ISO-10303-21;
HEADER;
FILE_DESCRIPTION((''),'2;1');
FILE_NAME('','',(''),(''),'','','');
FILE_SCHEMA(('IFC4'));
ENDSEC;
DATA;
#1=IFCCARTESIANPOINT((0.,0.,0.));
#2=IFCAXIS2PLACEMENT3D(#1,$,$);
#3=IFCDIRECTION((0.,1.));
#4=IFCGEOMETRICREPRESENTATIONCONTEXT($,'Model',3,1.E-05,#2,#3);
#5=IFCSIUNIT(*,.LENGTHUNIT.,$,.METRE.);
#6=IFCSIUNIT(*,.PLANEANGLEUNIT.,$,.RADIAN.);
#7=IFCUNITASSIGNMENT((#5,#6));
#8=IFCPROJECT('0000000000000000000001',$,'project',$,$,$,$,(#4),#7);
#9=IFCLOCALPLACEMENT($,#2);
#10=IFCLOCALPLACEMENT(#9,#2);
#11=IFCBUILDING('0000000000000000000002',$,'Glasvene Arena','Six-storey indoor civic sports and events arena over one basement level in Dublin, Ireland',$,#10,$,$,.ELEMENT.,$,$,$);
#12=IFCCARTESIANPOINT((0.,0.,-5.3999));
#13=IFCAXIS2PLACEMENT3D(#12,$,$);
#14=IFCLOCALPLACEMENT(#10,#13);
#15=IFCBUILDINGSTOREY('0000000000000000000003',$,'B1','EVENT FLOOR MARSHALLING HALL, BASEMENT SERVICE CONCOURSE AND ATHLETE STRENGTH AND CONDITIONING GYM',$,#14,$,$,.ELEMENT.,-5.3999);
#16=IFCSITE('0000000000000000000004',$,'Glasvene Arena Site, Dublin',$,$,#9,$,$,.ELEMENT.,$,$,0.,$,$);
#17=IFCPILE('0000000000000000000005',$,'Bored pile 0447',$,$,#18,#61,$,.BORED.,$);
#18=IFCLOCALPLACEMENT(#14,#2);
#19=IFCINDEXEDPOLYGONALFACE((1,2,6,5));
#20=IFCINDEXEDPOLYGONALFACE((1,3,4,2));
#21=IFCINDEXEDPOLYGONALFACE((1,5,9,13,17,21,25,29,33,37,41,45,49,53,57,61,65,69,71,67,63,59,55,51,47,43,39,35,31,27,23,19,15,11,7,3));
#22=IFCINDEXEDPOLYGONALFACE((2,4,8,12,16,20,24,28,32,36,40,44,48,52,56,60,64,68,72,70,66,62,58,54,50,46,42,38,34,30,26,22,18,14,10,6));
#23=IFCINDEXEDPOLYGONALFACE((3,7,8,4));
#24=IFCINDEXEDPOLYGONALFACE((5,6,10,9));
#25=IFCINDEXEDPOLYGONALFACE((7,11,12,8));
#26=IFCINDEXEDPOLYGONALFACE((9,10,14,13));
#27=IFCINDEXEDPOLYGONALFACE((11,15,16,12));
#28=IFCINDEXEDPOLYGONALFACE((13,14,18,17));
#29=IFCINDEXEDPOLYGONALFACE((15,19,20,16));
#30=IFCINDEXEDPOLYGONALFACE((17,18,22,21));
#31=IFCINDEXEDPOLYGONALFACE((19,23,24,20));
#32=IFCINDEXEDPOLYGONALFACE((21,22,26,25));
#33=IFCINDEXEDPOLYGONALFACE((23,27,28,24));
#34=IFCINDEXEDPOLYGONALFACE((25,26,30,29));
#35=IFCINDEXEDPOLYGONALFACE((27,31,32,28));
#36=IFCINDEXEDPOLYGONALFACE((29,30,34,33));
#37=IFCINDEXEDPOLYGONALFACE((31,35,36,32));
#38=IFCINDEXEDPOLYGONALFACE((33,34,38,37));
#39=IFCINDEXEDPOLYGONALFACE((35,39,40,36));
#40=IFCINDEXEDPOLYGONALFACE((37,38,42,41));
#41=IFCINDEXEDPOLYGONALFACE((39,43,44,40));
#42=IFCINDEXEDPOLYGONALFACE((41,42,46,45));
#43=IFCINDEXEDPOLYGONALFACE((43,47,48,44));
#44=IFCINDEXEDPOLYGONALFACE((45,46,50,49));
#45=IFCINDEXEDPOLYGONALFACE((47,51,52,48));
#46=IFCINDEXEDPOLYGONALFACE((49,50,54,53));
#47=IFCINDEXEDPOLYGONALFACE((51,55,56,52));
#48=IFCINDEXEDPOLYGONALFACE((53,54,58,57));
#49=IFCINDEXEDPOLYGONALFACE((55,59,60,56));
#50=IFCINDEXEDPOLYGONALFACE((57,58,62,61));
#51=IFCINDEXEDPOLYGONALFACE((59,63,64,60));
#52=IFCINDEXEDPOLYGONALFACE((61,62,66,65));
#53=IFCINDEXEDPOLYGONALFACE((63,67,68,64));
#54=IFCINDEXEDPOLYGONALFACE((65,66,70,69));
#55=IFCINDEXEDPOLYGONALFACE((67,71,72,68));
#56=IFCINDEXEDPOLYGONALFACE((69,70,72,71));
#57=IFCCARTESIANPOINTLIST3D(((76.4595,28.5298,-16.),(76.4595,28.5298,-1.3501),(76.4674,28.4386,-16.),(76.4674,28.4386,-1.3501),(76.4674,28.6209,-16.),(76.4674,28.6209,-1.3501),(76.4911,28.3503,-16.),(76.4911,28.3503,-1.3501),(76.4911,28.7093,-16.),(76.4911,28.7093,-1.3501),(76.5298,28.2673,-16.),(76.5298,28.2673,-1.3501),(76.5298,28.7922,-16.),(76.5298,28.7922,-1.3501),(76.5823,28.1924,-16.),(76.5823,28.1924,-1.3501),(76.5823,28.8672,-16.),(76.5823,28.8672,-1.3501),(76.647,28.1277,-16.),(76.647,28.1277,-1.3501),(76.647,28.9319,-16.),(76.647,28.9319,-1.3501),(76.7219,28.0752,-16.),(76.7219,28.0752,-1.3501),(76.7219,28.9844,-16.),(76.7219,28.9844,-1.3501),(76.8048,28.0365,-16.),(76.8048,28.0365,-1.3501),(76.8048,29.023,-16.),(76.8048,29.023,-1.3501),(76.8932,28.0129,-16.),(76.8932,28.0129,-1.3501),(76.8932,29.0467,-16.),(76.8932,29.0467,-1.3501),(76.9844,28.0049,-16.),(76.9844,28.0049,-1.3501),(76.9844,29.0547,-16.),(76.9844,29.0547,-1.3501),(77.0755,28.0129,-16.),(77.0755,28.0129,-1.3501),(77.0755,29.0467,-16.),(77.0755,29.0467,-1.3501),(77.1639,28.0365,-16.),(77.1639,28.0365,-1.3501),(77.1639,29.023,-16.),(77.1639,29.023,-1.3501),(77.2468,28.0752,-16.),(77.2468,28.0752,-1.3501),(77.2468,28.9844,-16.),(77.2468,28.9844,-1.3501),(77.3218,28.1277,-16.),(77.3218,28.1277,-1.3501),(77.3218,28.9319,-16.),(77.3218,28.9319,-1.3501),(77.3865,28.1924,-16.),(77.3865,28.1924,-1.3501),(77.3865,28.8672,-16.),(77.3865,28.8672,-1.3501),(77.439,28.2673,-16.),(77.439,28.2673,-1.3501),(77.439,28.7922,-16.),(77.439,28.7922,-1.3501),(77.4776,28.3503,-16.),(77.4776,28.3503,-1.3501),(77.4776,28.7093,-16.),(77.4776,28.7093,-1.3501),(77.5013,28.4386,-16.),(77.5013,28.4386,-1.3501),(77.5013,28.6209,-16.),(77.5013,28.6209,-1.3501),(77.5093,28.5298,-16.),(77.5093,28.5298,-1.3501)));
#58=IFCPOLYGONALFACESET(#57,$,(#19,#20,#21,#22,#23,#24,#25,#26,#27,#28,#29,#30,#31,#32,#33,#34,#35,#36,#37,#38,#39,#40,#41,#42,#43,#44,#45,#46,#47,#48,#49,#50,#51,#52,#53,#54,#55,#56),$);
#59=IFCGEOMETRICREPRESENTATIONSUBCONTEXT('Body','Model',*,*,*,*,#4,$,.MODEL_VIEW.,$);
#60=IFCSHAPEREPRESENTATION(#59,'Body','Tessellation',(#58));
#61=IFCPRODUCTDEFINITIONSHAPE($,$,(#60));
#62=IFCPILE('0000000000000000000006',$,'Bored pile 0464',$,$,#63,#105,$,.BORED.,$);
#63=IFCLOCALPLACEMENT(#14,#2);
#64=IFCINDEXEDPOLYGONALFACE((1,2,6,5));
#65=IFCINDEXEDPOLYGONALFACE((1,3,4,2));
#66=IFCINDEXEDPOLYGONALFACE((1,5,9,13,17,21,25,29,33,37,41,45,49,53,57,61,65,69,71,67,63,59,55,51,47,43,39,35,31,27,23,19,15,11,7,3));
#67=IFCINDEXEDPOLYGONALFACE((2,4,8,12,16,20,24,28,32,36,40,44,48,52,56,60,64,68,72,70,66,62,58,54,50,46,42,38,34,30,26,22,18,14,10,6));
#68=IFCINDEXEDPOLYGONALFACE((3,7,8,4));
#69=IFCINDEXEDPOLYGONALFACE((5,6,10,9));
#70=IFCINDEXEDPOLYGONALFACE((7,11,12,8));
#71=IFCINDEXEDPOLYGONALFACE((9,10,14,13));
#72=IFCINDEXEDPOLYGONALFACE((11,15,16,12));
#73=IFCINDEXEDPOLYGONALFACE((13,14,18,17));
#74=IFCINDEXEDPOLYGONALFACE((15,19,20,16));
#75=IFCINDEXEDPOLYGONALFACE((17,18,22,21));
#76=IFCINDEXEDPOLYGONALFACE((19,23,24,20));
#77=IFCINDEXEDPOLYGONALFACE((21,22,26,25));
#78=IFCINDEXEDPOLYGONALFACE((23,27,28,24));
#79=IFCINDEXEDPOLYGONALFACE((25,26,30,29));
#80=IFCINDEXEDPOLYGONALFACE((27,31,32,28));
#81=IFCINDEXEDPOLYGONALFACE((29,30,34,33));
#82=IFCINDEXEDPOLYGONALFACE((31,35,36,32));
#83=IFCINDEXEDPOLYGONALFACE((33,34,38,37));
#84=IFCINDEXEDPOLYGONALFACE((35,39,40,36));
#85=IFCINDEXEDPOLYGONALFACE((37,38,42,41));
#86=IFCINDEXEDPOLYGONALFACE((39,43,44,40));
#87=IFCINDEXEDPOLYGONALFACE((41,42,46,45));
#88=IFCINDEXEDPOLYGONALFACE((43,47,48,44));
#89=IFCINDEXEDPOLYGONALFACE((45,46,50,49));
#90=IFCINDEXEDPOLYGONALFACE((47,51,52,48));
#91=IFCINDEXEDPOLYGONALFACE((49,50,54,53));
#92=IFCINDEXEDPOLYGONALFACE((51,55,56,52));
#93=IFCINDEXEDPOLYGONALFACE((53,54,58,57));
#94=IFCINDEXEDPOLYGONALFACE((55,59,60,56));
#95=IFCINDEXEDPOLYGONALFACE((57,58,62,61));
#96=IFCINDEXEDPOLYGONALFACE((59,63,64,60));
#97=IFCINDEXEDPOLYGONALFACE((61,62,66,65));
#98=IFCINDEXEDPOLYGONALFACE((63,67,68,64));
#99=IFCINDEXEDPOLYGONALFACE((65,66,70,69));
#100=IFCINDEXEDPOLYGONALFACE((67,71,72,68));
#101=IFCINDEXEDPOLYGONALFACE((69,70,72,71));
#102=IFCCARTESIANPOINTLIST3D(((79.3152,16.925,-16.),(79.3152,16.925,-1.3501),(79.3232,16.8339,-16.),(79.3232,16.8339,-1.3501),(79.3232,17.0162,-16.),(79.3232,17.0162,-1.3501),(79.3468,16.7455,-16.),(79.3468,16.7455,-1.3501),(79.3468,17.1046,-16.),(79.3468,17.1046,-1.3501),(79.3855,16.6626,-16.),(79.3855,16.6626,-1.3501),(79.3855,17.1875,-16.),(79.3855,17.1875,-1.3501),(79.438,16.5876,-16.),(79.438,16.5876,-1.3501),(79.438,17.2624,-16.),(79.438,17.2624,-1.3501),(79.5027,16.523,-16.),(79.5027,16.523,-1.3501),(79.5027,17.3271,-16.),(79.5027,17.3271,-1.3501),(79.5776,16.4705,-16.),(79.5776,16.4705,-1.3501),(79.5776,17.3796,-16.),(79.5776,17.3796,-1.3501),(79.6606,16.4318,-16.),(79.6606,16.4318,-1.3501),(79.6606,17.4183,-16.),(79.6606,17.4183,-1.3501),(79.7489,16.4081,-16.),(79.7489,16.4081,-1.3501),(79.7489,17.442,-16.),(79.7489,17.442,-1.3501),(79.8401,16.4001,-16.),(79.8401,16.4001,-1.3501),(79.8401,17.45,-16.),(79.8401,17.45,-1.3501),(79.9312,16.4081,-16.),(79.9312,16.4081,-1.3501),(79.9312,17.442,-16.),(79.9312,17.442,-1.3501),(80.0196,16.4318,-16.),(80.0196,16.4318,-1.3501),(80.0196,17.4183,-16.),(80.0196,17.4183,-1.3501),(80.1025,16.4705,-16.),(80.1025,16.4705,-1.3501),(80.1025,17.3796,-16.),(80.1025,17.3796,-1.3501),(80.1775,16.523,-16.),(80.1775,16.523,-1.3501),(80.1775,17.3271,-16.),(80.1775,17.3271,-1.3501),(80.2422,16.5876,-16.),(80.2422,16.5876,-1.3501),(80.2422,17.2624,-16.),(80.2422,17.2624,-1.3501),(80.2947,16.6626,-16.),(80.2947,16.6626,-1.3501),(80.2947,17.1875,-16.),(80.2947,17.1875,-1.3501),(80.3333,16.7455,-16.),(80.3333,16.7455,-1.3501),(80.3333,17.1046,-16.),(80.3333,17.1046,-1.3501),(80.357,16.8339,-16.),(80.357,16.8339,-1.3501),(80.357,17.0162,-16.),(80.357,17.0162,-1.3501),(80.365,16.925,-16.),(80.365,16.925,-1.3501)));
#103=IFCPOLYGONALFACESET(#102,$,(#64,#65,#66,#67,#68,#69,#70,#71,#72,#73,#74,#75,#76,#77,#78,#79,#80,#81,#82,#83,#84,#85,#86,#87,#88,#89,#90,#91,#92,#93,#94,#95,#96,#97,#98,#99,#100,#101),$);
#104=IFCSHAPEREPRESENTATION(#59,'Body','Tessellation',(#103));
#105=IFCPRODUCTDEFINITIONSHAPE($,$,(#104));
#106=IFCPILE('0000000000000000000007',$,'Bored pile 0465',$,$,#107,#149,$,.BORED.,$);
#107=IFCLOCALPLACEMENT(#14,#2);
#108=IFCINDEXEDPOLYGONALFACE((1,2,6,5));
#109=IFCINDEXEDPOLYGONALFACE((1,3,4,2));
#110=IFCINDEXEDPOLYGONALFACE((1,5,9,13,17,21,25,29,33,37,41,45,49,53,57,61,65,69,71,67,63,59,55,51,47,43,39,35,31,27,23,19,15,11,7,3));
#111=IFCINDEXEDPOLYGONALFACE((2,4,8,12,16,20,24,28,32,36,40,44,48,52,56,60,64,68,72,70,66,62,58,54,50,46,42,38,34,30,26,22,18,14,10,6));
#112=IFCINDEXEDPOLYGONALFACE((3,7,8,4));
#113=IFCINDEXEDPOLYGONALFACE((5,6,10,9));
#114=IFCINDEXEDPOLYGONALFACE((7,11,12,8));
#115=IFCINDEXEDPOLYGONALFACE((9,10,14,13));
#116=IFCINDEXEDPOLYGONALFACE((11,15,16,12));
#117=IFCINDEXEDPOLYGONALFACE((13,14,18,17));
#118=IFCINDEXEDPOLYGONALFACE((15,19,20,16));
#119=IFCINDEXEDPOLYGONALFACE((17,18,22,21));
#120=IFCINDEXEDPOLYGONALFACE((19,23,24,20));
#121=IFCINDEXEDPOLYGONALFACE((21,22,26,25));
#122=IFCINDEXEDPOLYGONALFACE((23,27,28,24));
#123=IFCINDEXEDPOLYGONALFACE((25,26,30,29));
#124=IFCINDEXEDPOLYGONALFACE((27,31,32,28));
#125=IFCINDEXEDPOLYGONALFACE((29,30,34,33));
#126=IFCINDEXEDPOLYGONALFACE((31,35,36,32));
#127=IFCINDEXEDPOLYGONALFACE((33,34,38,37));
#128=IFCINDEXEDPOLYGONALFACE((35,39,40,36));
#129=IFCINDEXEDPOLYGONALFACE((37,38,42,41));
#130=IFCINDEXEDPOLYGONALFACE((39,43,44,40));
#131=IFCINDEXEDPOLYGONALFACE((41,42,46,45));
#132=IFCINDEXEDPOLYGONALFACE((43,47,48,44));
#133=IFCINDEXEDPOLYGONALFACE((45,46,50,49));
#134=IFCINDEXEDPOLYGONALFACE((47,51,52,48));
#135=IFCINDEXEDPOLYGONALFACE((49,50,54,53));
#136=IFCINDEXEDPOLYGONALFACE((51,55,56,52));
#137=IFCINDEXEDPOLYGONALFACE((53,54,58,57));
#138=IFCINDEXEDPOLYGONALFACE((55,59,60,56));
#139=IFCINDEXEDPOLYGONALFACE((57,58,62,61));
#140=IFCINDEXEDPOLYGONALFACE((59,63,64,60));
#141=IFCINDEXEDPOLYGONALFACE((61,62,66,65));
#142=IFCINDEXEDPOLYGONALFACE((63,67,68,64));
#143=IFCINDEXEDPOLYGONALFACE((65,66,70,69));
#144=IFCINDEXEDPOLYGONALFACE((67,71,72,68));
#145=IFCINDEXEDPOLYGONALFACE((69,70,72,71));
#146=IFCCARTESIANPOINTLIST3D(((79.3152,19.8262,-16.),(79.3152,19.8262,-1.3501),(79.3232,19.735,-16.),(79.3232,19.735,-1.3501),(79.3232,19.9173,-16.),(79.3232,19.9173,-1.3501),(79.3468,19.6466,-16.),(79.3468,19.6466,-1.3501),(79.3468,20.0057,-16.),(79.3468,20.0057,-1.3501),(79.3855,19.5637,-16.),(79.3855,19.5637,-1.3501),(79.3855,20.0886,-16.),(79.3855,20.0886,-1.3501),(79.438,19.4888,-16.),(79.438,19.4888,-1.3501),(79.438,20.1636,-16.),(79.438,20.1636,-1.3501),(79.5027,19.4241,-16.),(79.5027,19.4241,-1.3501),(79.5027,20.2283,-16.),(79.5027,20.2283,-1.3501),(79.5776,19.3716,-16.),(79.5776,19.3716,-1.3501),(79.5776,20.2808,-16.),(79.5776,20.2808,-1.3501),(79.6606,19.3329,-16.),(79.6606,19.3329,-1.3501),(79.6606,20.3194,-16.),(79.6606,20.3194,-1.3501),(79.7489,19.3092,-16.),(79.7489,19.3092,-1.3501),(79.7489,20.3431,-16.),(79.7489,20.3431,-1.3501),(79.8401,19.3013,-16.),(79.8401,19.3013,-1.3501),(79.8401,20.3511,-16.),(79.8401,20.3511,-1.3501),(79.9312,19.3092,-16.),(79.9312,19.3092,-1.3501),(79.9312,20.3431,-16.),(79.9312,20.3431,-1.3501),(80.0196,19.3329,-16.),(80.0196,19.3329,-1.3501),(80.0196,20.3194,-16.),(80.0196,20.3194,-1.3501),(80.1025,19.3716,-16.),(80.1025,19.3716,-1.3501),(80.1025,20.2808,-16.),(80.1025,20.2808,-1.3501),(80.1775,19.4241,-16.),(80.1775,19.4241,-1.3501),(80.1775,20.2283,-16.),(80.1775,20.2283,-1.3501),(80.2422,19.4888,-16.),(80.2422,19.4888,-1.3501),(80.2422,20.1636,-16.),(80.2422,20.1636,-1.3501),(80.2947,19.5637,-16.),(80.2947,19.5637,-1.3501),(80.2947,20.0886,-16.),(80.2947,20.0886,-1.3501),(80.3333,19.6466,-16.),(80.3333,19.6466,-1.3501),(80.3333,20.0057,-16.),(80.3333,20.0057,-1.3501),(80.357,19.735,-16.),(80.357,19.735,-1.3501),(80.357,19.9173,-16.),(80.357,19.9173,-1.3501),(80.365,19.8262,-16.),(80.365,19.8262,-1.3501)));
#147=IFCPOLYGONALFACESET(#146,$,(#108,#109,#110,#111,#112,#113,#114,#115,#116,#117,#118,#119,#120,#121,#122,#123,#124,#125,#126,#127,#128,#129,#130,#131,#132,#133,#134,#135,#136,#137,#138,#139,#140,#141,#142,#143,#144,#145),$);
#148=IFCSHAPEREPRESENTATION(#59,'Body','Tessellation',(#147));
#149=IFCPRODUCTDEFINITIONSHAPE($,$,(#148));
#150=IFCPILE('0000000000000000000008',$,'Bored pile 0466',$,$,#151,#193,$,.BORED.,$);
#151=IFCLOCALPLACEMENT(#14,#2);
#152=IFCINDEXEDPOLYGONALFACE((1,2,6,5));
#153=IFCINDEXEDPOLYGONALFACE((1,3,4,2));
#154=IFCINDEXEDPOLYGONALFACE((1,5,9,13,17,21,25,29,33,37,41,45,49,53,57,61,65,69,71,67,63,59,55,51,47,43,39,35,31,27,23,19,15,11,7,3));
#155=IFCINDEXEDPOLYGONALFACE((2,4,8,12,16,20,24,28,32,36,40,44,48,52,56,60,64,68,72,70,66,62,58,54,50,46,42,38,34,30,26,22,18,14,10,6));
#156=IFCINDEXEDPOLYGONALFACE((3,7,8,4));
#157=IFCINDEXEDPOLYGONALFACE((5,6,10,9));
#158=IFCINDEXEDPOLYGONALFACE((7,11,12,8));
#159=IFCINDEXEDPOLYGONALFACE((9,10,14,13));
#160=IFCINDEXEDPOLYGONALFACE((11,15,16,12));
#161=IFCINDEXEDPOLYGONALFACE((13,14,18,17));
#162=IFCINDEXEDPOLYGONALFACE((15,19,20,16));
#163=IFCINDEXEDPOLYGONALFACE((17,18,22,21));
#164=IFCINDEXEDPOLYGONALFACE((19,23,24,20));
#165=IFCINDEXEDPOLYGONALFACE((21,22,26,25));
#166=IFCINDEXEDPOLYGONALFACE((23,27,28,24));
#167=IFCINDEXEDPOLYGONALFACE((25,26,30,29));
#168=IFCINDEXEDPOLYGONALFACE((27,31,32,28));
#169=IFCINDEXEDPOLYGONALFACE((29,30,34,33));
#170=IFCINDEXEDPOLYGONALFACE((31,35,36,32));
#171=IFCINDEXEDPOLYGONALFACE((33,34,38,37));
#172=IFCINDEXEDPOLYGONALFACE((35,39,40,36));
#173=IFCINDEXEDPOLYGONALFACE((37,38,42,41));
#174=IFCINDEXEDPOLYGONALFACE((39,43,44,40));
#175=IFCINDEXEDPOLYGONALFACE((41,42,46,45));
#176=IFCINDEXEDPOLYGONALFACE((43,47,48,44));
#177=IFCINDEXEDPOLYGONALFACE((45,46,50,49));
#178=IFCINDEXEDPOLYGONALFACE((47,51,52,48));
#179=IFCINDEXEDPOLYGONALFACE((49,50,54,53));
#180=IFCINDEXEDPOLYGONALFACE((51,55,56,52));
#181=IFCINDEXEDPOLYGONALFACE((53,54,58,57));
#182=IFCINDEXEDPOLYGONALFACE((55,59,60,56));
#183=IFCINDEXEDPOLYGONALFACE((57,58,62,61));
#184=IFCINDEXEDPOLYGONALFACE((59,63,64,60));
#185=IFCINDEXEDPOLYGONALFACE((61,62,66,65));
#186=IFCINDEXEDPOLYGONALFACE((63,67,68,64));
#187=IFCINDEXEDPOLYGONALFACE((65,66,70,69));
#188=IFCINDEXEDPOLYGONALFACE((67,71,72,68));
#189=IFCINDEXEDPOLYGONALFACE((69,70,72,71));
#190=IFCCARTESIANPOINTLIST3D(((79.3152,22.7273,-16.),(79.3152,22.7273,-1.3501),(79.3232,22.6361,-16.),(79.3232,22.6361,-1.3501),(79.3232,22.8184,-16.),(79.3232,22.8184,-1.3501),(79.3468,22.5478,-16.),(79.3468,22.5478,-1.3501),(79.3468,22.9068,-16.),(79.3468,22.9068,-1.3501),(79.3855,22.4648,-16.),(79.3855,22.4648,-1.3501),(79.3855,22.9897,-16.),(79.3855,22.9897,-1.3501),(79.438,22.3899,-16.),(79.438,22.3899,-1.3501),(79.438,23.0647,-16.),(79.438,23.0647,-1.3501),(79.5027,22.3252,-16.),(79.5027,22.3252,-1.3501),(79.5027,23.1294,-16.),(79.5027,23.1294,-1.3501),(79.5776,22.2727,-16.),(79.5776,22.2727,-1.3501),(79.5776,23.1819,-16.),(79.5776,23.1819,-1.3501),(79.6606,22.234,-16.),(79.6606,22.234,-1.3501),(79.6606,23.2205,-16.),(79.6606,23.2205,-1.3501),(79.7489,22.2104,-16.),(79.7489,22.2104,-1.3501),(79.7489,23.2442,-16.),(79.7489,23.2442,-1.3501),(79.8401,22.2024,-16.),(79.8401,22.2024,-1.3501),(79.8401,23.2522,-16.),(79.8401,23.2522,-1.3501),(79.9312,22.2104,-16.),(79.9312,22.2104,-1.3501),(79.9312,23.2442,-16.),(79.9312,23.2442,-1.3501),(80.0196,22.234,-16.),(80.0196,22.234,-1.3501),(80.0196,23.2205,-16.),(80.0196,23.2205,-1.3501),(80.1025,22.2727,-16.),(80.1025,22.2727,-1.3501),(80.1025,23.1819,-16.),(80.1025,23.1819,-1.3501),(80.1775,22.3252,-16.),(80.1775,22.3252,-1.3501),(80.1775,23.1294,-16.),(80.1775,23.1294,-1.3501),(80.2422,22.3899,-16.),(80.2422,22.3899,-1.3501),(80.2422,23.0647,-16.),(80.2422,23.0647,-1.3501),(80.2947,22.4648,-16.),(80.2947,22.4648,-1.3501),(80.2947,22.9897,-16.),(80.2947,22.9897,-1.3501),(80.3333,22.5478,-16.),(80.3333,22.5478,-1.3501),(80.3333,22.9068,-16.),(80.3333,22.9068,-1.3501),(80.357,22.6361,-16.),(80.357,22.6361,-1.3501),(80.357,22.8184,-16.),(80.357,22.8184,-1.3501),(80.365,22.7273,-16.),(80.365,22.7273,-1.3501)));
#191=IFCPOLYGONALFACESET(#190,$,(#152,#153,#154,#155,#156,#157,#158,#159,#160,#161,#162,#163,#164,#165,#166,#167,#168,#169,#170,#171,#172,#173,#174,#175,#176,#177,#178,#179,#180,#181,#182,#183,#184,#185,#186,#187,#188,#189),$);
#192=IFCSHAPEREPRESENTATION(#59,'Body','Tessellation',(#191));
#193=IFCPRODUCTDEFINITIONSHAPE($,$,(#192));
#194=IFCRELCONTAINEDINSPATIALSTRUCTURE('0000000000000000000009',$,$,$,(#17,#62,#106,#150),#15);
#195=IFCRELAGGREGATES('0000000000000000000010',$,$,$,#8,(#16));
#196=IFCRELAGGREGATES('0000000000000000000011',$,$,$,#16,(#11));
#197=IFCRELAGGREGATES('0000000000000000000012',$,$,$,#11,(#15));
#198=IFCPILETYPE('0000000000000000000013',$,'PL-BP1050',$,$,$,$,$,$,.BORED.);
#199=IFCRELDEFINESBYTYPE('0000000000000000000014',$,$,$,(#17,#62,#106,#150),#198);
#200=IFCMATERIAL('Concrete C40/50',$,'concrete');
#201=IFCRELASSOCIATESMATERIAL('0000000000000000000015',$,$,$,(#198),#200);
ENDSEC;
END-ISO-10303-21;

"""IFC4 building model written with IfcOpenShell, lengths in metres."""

from ifc_helpers import new_model, si_unit, direction, frame, origin, origin_2d, place, context, subcontext, project, spatial, circle, extrude, material, material_profile, profile_set, type_object, element, save


model = new_model("IFC4")

# Units and contexts
model_context = context("Model", 3, precision=1e-05, world=origin(), true_north=direction((0.0, 1.0)))
body_context = subcontext(model_context, "Body", "Model", "MODEL_VIEW")
ifc_project = project(units=[si_unit("LENGTHUNIT", "METRE"), si_unit("PLANEANGLEUNIT", "RADIAN")], contexts=[model_context])

# Site, building, storey
site_placement = place(None, origin())
site = spatial("IfcSite", under=ifc_project, at=site_placement, Name="Glasvene Arena Site, Dublin", CompositionType="ELEMENT", RefElevation=0.0)
building_placement = place(site_placement, origin())
building = spatial("IfcBuilding", under=site, at=building_placement, Name="Glasvene Arena", Description="Six-storey indoor civic sports and events arena over one basement level in Dublin, Ireland", CompositionType="ELEMENT")
storey_placement = place(building_placement, frame((0.0, 0.0, -5.3999)))
storey = spatial("IfcBuildingStorey", under=building, at=storey_placement, Name="B1", Description="EVENT FLOOR MARSHALLING HALL, BASEMENT SERVICE CONCOURSE AND ATHLETE STRENGTH AND CONDITIONING GYM", CompositionType="ELEMENT", Elevation=-5.3999)

# Piles
ifc_material_1 = material(Name="Concrete C40/50", Category="concrete")
ifc_material_profile_1 = material_profile(ifc_material_1, circle(Radius=0.5249, at=origin_2d()), Name="BORED PILE 1050")
ifc_profile_set_1 = profile_set([ifc_material_profile_1], Name="Concrete C40/50")
pile_type = type_object("IfcPileType", Name="PL-BP1050", PredefinedType="BORED", material=ifc_profile_set_1)
for number, where, z_axis, x_axis, name in (
    (1, (76.9844, 28.5298, -1.3501), (0.0, 0.0, -1.0), (1.0, 0.0, 0.0), "Bored pile 0447"),
    (2, (79.8401, 16.925, -1.3501), (0.0, 0.0, -1.0), (1.0, 0.0, 0.0), "Bored pile 0464"),
    (3, (79.8401, 19.8262, -1.3501), (0.0, 0.0, -1.0), (1.0, 0.0, 0.0), "Bored pile 0465"),
    (4, (79.8401, 22.7273, -1.3501), (0.0, 0.0, -1.0), (1.0, 0.0, 0.0), "Bored pile 0466"),
):
    element("IfcPile", number, at=place(storey_placement, frame(where, z_axis=z_axis, x_axis=x_axis)), inside=storey, type_object=pile_type, Name=name, PredefinedType="BORED", context=body_context, shape_type="SweptSolid", body=[
        extrude(circle(Radius=0.5249, at=origin_2d()), origin(), (0.0, 0.0, 1.0), 14.6499),
    ])

save(model, "model.ifc")
